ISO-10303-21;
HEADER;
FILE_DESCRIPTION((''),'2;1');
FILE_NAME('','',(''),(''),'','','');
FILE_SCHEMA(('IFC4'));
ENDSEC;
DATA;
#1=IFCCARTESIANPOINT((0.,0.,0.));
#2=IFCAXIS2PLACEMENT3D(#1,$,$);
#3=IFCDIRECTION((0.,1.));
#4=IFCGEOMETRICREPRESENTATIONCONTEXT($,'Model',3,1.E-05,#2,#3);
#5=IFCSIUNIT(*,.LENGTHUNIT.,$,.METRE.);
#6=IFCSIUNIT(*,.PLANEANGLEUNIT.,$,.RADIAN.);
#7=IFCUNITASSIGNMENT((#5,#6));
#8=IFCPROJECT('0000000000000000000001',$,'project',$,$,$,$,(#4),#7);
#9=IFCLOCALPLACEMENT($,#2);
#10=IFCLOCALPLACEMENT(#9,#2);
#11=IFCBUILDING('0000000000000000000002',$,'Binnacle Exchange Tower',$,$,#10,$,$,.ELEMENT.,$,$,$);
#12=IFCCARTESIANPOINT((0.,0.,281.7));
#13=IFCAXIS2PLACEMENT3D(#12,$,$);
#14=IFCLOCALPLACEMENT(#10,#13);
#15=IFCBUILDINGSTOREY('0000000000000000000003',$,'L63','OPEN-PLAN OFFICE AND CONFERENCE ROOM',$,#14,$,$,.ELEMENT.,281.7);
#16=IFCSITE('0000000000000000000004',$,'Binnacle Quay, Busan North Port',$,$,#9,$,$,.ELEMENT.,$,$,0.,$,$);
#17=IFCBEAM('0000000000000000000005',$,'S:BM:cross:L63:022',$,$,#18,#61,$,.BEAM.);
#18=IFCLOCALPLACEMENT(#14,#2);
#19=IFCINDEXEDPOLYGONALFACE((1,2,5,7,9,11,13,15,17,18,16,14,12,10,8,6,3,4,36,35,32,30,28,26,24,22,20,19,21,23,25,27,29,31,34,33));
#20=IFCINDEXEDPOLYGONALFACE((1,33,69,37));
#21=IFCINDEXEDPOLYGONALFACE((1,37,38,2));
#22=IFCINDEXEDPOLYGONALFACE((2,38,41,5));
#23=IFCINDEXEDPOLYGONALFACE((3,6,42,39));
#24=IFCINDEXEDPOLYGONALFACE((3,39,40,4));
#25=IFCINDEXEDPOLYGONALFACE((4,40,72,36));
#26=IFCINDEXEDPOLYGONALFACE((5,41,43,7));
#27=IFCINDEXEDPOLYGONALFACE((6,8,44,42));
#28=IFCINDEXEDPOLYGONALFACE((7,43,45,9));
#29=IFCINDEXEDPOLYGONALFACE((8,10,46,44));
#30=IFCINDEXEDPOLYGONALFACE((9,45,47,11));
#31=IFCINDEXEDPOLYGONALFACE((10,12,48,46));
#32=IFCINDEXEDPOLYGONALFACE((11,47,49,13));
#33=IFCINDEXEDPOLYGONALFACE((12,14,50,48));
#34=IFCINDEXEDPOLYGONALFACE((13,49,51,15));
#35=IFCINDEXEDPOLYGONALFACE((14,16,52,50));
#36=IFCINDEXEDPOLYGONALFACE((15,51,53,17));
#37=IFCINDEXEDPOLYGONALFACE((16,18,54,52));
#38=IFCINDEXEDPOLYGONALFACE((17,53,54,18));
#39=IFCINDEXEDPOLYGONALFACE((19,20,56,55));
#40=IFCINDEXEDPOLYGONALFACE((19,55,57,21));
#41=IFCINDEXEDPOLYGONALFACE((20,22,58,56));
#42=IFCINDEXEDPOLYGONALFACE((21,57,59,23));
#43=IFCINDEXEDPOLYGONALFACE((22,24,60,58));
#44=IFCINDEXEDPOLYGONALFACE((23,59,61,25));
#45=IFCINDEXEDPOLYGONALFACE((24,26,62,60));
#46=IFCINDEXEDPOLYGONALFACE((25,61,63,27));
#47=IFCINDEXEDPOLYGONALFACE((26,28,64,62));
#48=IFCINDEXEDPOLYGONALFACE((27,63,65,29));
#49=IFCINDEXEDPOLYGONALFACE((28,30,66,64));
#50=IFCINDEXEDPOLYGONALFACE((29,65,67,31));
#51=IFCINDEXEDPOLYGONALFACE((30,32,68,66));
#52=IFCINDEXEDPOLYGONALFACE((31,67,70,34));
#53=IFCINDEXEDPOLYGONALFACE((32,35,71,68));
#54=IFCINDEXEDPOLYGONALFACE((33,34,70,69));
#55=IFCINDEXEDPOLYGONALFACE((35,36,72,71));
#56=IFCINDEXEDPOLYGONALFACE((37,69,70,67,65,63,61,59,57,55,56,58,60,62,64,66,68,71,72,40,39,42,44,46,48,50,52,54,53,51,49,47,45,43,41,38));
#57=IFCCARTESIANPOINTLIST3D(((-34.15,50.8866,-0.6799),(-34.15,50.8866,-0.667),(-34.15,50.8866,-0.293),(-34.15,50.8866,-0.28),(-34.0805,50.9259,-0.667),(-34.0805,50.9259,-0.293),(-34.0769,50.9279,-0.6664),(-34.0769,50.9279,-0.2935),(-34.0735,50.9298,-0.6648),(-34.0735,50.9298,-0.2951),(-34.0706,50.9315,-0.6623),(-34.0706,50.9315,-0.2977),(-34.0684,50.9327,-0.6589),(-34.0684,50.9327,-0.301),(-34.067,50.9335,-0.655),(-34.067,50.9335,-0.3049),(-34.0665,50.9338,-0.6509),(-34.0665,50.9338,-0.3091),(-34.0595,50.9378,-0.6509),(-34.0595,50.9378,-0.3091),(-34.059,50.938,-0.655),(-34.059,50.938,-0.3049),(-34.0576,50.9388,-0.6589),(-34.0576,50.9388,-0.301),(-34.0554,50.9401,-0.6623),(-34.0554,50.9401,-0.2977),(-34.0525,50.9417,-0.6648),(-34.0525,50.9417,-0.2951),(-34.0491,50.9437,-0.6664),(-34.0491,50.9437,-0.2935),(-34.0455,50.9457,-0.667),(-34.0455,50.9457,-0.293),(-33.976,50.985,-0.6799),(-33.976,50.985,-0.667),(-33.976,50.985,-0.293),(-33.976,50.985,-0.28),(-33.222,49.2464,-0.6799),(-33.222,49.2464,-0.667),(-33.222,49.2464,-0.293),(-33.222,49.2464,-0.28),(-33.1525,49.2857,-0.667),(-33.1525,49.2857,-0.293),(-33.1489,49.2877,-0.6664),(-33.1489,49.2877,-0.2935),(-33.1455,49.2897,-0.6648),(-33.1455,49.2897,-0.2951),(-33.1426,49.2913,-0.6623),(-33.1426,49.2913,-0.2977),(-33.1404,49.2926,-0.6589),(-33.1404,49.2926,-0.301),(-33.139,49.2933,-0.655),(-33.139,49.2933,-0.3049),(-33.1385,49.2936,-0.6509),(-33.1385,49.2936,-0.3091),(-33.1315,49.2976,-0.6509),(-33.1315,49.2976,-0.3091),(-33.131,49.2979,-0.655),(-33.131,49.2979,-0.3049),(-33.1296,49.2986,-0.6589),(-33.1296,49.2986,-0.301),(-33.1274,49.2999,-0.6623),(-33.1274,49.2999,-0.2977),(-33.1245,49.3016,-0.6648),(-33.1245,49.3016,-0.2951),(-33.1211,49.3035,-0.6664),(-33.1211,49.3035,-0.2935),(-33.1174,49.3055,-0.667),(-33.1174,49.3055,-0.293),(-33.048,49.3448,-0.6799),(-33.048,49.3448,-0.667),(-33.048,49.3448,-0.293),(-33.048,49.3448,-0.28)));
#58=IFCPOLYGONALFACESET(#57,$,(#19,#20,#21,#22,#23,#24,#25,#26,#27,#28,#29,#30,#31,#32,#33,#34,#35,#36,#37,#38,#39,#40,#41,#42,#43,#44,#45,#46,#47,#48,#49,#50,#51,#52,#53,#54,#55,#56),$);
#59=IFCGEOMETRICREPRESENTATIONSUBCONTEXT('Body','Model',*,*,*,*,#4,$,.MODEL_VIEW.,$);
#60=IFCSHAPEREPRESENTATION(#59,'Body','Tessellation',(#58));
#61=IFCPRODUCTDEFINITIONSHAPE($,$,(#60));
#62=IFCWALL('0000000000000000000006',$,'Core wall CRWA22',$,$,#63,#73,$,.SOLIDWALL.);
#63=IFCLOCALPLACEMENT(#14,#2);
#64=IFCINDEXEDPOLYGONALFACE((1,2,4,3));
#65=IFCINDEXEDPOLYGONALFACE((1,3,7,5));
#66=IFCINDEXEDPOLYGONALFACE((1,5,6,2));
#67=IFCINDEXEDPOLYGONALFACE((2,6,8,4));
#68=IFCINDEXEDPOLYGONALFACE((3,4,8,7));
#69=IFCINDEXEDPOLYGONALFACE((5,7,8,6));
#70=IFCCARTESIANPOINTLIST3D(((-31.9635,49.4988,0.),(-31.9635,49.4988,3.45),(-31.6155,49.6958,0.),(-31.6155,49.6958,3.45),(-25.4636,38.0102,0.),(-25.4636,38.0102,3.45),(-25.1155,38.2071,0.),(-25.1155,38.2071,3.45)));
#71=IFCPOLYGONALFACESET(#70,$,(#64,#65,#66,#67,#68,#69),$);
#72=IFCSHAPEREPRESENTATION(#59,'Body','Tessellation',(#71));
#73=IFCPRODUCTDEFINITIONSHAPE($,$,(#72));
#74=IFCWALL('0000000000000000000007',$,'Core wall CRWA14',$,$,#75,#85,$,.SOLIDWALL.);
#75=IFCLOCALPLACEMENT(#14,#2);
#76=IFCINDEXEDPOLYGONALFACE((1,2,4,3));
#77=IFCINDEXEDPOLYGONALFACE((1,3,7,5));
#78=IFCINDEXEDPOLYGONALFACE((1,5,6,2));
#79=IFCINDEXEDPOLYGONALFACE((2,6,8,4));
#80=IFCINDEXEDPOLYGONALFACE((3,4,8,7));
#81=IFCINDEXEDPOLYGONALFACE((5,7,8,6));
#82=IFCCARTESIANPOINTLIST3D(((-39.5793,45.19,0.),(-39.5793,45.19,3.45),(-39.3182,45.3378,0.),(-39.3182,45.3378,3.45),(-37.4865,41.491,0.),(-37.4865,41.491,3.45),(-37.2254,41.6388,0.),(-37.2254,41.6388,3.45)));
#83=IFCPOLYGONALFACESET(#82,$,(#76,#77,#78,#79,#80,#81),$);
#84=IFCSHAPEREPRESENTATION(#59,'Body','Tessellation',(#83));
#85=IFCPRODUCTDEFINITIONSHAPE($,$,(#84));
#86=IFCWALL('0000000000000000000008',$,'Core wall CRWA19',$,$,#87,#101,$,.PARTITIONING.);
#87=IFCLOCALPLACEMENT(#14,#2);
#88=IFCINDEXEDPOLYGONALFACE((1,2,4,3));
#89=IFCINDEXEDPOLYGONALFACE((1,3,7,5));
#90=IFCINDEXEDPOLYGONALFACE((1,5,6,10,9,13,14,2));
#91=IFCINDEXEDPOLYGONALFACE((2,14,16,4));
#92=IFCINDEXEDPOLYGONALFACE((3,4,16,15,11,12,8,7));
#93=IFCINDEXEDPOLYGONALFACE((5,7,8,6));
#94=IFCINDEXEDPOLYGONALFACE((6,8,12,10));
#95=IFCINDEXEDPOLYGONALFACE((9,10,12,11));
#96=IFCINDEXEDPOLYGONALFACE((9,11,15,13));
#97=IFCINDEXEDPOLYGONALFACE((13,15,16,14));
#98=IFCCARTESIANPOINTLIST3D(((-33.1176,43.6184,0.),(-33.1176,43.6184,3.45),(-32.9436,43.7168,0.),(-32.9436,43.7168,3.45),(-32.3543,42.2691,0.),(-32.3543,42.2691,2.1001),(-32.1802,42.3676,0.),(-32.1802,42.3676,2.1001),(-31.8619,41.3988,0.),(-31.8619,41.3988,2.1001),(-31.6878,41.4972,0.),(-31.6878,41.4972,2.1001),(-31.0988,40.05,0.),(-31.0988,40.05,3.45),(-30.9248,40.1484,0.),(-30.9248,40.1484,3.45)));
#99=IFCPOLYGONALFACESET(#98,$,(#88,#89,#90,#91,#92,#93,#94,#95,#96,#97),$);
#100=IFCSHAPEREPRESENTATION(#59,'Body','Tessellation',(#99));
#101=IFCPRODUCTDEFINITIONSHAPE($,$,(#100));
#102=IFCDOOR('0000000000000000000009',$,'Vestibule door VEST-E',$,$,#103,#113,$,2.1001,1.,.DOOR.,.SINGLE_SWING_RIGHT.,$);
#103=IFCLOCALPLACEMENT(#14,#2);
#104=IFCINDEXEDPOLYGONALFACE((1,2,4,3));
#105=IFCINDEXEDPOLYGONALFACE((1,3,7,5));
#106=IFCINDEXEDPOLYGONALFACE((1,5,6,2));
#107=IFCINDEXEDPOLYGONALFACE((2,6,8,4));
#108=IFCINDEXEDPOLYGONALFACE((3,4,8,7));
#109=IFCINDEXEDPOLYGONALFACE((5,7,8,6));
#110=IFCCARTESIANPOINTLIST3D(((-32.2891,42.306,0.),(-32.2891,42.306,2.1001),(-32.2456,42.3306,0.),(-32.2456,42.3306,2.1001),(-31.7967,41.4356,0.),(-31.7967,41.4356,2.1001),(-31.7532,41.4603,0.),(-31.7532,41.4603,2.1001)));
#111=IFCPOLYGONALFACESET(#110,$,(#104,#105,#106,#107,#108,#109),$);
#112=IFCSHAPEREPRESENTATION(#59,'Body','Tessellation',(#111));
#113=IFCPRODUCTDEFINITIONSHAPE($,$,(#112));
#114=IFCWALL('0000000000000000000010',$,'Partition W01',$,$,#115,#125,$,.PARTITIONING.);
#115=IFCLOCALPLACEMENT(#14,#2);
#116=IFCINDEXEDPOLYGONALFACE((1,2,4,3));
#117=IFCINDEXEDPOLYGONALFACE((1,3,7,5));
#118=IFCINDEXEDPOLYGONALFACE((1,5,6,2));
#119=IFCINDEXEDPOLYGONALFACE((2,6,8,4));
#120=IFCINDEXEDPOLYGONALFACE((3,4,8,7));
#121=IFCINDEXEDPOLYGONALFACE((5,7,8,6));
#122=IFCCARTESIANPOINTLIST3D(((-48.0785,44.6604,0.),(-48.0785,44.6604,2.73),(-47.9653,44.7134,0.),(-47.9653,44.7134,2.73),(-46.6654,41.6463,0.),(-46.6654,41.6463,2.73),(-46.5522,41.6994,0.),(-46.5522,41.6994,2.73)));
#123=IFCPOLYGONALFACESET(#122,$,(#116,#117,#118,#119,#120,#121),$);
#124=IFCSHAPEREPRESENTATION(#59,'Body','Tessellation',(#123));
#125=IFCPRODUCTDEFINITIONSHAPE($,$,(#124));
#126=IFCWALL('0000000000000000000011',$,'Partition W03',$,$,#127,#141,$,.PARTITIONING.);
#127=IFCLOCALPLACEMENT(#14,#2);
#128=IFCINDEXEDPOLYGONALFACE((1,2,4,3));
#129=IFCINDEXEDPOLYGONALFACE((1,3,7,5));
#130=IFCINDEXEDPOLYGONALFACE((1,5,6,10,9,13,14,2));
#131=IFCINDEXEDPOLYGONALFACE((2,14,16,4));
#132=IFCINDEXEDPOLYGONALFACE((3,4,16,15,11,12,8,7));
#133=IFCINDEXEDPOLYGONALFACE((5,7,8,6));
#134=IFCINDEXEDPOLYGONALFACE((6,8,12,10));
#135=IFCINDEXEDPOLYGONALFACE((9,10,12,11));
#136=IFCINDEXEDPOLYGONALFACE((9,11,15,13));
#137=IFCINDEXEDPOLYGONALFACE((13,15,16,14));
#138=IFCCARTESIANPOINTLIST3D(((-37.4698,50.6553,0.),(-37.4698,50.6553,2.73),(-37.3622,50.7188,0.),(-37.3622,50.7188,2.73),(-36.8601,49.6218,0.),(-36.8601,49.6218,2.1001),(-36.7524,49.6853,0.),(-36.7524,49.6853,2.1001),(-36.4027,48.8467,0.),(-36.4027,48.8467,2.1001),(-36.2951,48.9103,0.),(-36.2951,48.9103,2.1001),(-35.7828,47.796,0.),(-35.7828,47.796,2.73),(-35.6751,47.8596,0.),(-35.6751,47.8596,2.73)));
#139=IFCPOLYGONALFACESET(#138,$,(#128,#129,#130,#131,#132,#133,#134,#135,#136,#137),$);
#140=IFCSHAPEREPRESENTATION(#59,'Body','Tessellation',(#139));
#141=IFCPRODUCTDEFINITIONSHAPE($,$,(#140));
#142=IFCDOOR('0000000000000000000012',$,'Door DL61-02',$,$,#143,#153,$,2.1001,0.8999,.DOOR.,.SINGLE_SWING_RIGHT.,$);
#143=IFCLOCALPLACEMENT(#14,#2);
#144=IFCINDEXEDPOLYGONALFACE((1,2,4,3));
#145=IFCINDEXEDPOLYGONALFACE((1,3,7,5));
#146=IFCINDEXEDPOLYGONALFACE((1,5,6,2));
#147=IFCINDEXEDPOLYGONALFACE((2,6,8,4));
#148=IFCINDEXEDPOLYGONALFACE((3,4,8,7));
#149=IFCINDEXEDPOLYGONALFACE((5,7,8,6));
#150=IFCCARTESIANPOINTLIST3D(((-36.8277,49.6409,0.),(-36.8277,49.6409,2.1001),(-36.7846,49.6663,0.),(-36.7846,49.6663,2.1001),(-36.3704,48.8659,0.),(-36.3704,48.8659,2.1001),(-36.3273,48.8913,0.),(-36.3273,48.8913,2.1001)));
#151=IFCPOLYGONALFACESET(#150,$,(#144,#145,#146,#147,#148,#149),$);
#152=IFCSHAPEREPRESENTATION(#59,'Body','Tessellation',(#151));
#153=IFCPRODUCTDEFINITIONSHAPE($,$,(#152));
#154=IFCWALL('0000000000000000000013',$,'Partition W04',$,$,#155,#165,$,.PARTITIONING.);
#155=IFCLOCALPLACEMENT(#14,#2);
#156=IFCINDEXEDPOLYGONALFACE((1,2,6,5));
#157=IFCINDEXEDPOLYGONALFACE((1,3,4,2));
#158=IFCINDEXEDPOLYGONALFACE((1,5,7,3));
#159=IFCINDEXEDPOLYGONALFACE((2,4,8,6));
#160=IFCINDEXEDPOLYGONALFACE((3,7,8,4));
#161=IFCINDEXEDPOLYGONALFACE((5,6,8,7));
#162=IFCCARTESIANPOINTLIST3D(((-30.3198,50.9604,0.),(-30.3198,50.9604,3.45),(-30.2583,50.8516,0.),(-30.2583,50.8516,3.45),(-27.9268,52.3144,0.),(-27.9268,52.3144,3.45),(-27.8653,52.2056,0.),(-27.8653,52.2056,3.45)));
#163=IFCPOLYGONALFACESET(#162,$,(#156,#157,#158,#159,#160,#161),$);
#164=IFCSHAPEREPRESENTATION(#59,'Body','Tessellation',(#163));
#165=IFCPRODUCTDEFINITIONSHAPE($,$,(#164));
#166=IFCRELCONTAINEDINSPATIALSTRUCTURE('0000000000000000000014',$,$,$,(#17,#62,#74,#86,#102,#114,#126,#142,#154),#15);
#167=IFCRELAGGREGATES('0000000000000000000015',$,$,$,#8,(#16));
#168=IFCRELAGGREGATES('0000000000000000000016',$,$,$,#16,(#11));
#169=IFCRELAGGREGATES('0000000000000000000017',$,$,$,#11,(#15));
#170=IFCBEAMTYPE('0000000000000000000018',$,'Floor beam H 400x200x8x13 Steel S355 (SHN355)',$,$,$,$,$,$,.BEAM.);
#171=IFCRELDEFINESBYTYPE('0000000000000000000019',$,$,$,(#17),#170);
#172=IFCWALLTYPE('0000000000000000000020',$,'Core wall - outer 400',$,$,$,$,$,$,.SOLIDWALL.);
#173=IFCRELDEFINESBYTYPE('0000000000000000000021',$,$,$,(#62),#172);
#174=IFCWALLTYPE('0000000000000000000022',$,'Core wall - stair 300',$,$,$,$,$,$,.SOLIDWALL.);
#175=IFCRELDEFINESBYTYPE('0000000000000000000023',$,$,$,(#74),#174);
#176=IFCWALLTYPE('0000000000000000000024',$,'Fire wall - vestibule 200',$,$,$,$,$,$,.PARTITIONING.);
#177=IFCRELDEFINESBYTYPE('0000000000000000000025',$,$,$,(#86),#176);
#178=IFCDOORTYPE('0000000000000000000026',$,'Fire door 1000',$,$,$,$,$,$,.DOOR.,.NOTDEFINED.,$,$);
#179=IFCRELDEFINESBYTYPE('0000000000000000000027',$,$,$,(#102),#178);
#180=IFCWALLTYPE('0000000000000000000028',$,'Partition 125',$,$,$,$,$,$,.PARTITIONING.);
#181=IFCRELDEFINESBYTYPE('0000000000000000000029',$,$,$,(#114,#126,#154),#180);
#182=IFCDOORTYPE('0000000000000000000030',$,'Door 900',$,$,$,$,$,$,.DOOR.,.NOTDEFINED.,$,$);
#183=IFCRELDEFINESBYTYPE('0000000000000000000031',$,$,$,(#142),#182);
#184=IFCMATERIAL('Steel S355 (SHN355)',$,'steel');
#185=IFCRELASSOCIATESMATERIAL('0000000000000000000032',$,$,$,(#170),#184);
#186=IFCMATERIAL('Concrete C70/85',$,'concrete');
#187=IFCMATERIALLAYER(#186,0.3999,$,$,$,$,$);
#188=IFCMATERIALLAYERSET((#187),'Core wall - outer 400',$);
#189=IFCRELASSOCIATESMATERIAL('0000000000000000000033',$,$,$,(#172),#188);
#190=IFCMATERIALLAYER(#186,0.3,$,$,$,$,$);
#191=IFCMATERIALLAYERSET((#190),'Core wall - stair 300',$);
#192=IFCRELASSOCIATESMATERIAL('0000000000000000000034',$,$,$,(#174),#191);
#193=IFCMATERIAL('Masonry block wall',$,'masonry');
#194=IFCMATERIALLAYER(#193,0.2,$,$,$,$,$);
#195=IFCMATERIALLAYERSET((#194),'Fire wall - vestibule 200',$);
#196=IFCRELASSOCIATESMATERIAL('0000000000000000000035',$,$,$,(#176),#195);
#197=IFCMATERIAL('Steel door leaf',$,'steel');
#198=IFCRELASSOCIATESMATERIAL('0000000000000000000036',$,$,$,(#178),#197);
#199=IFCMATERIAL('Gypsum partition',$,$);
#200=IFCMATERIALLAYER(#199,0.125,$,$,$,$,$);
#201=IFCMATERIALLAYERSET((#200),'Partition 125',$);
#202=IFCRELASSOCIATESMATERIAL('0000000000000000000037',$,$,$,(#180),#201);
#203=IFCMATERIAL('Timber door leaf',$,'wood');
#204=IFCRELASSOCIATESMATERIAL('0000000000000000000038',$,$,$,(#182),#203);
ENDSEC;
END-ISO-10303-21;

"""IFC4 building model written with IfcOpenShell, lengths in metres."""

from ifc_helpers import new_model, si_unit, direction, frame, frame_2d, origin, origin_2d, place, context, subcontext, project, spatial, rectangle, i_section, extrude, material, layer, layer_set, material_profile, profile_set, type_object, element, fill, save


model = new_model("IFC4")

# Units and contexts
model_context = context("Model", 3, precision=1e-05, world=origin(), true_north=direction((0.0, 1.0)))
body_context = subcontext(model_context, "Body", "Model", "MODEL_VIEW")
ifc_project = project(units=[si_unit("LENGTHUNIT", "METRE"), si_unit("PLANEANGLEUNIT", "RADIAN")], contexts=[model_context])

# Site, building, storey
site_placement = place(None, origin())
site = spatial("IfcSite", under=ifc_project, at=site_placement, Name="Binnacle Quay, Busan North Port", CompositionType="ELEMENT", RefElevation=0.0)
building_placement = place(site_placement, origin())
building = spatial("IfcBuilding", under=site, at=building_placement, Name="Binnacle Exchange Tower", CompositionType="ELEMENT")
storey_placement = place(building_placement, frame((0.0, 0.0, 281.7)))
storey = spatial("IfcBuildingStorey", under=building, at=storey_placement, Name="L63", Description="OPEN-PLAN OFFICE AND CONFERENCE ROOM", CompositionType="ELEMENT", Elevation=281.7)

# Beam
ifc_material_1 = material(Name="Steel S355 (SHN355)", Category="steel")
ifc_material_profile_1 = material_profile(ifc_material_1, i_section(OverallWidth=0.2, OverallDepth=0.3999, WebThickness=0.0081, FlangeThickness=0.0129, FilletRadius=0.0161, at=origin_2d()), Name="H 400x200x8x13")
ifc_profile_set_1 = profile_set([ifc_material_profile_1], Name="Steel S355 (SHN355)")
beam_type_1 = type_object("IfcBeamType", Name="Floor beam H 400x200x8x13 Steel S355 (SHN355)", PredefinedType="BEAM", material=ifc_profile_set_1)
beam_1_placement = place(storey_placement, frame((-34.063, 50.9358, -0.48), z_axis=(0.492437, -0.870348, 0.0), x_axis=(0.870348, 0.492437, 0.0)))
element("IfcBeam", 1, at=beam_1_placement, inside=storey, type_object=beam_type_1, Name="S:BM:cross:L63:022", PredefinedType="BEAM", context=body_context, shape_type="SweptSolid", body=[
    extrude(i_section(OverallWidth=0.2, OverallDepth=0.3999, WebThickness=0.0081, FlangeThickness=0.0129, FilletRadius=0.0161, at=origin_2d()), origin(), (0.0, 0.0, 1.0), 1.8845),
])

# Walls
ifc_material_2 = material(Name="Concrete C70/85", Category="concrete")
ifc_layer_1 = layer(ifc_material_2, 0.3999)
ifc_layer_set_1 = layer_set([ifc_layer_1], Name="Core wall - outer 400")
wall_type_1 = type_object("IfcWallType", Name="Core wall - outer 400", PredefinedType="SOLIDWALL", material=ifc_layer_set_1)
wall_1_placement = place(storey_placement, frame((-31.7896, 49.5974, 0.0), z_axis=(0.0, 0.0, 1.0), x_axis=(0.492422, -0.870357, 0.0)))
element("IfcWall", 2, at=wall_1_placement, inside=storey, type_object=wall_type_1, Name="Core wall CRWA22", PredefinedType="SOLIDWALL", context=body_context, shape_type="SweptSolid", body=[
    extrude(rectangle(XDim=13.2, YDim=0.3999, at=frame_2d((6.6001, 0.0))), origin(), (0.0, 0.0, 1.0), 3.45),
])
ifc_layer_2 = layer(ifc_material_2, 0.3)
ifc_layer_set_2 = layer_set([ifc_layer_2], Name="Core wall - stair 300")
wall_type_2 = type_object("IfcWallType", Name="Core wall - stair 300", PredefinedType="SOLIDWALL", material=ifc_layer_set_2)
wall_2_placement = place(storey_placement, frame((-39.4487, 45.2639, 0.0), z_axis=(0.0, 0.0, 1.0), x_axis=(0.492423, -0.870356, 0.0)))
element("IfcWall", 3, at=wall_2_placement, inside=storey, type_object=wall_type_2, Name="Core wall CRWA14", PredefinedType="SOLIDWALL", context=body_context, shape_type="SweptSolid", body=[
    extrude(rectangle(XDim=4.25, YDim=0.3, at=frame_2d((2.125, 0.0))), origin(), (0.0, 0.0, 1.0), 3.45),
])

# Wall, opening, door
ifc_material_3 = material(Name="Masonry block wall", Category="masonry")
ifc_layer_3 = layer(ifc_material_3, 0.2)
ifc_layer_set_3 = layer_set([ifc_layer_3], Name="Fire wall - vestibule 200")
wall_type_3 = type_object("IfcWallType", Name="Fire wall - vestibule 200", PredefinedType="PARTITIONING", material=ifc_layer_set_3)
wall_3_placement = place(storey_placement, frame((-33.0305, 43.6675, 0.0), z_axis=(0.0, 0.0, 1.0), x_axis=(0.492408, -0.870364, 0.0)))
wall_3 = element("IfcWall", 4, at=wall_3_placement, inside=storey, type_object=wall_type_3, Name="Core wall CRWA19", PredefinedType="PARTITIONING", context=body_context, shape_type="SweptSolid", body=[
    extrude(rectangle(XDim=4.0999, YDim=0.2, at=frame_2d((2.0498, 0.0))), origin(), (0.0, 0.0, 1.0), 3.45),
])
opening_1_placement = place(wall_3_placement, frame((1.55, 0.0, 0.0)))
opening_1 = element("IfcOpeningElement", 5, at=opening_1_placement, cuts=wall_3, PredefinedType="OPENING", context=body_context, shape_type="SweptSolid", body=[
    extrude(rectangle(XDim=1.0, YDim=2.1001, at=frame_2d((0.5, 1.05))), frame((0.0, 0.1099, 0.0), z_axis=(0.0, -1.0, 0.0), x_axis=(1.0, 0.0, 0.0)), (0.0, 0.0, 1.0), 0.22),
])
ifc_material_4 = material(Name="Steel door leaf", Category="steel")
door_type_1 = type_object("IfcDoorType", Name="Fire door 1000", OperationType="NOTDEFINED", PredefinedType="DOOR", material=ifc_material_4)
door_1_placement = place(opening_1_placement, origin())
door_1 = element("IfcDoor", 6, at=door_1_placement, inside=storey, type_object=door_type_1, Name="Vestibule door VEST-E", OperationType="SINGLE_SWING_RIGHT", OverallHeight=2.1001, OverallWidth=1.0, PredefinedType="DOOR", context=body_context, shape_type="SweptSolid", body=[
    extrude(rectangle(XDim=1.0, YDim=2.1001, at=frame_2d((0.5, 1.05))), frame((0.0, 0.0249, 0.0), z_axis=(0.0, -1.0, 0.0), x_axis=(1.0, 0.0, 0.0)), (0.0, 0.0, 1.0), 0.05),
])
fill(opening_1, door_1)

# Wall
ifc_material_5 = material(Name="Gypsum partition")
ifc_layer_4 = layer(ifc_material_5, 0.125)
ifc_layer_set_4 = layer_set([ifc_layer_4], Name="Partition 125")
wall_type_4 = type_object("IfcWallType", Name="Partition 125", PredefinedType="PARTITIONING", material=ifc_layer_set_4)
wall_4_placement = place(storey_placement, frame((-48.022, 44.687, 0.0), z_axis=(0.0, 0.0, 1.0), x_axis=(0.424511, -0.905423, 0.0)))
element("IfcWall", 7, at=wall_4_placement, inside=storey, type_object=wall_type_4, Name="Partition W01", PredefinedType="PARTITIONING", context=body_context, shape_type="SweptSolid", body=[
    extrude(rectangle(XDim=3.3289, YDim=0.125, at=frame_2d((1.6646, 0.0))), origin(), (0.0, 0.0, 1.0), 2.73),
])

# Wall, opening, door
wall_5_placement = place(storey_placement, frame((-37.416, 50.687, 0.0), z_axis=(0.0, 0.0, 1.0), x_axis=(0.508177, -0.861253, 0.0)))
wall_5 = element("IfcWall", 8, at=wall_5_placement, inside=storey, type_object=wall_type_4, Name="Partition W03", PredefinedType="PARTITIONING", context=body_context, shape_type="SweptSolid", body=[
    extrude(rectangle(XDim=3.3198, YDim=0.125, at=frame_2d((1.6599, 0.0))), origin(), (0.0, 0.0, 1.0), 2.73),
])
opening_2_placement = place(wall_5_placement, frame((1.2, 0.0, 0.0)))
opening_2 = element("IfcOpeningElement", 9, at=opening_2_placement, cuts=wall_5, PredefinedType="OPENING", context=body_context, shape_type="SweptSolid", body=[
    extrude(rectangle(XDim=0.8999, YDim=2.1001, at=frame_2d((0.45, 1.05))), frame((0.0, 0.0725, 0.0), z_axis=(0.0, -1.0, 0.0), x_axis=(1.0, 0.0, 0.0)), (0.0, 0.0, 1.0), 0.145),
])
ifc_material_6 = material(Name="Timber door leaf", Category="wood")
door_type_2 = type_object("IfcDoorType", Name="Door 900", OperationType="NOTDEFINED", PredefinedType="DOOR", material=ifc_material_6)
door_2_placement = place(opening_2_placement, frame((0.8999, 0.0, 0.0), z_axis=(0.0, 0.0, 1.0), x_axis=(-1.0, 0.0, 0.0)))
door_2 = element("IfcDoor", 10, at=door_2_placement, inside=storey, type_object=door_type_2, Name="Door DL61-02", OperationType="SINGLE_SWING_RIGHT", OverallHeight=2.1001, OverallWidth=0.8999, PredefinedType="DOOR", context=body_context, shape_type="SweptSolid", body=[
    extrude(rectangle(XDim=0.8999, YDim=2.1001, at=frame_2d((0.45, 1.05))), frame((0.0, 0.0249, 0.0), z_axis=(0.0, -1.0, 0.0), x_axis=(1.0, 0.0, 0.0)), (0.0, 0.0, 1.0), 0.05),
])
fill(opening_2, door_2)

# Wall
wall_6_placement = place(storey_placement, frame((-30.2891, 50.906, 0.0), z_axis=(0.0, 0.0, 1.0), x_axis=(0.870344, 0.492443, 0.0)))
element("IfcWall", 11, at=wall_6_placement, inside=storey, type_object=wall_type_4, Name="Partition W04", PredefinedType="PARTITIONING", context=body_context, shape_type="SweptSolid", body=[
    extrude(rectangle(XDim=2.7495, YDim=0.125, at=frame_2d((1.3748, 0.0))), origin(), (0.0, 0.0, 1.0), 3.45),
])

save(model, "model.ifc")
